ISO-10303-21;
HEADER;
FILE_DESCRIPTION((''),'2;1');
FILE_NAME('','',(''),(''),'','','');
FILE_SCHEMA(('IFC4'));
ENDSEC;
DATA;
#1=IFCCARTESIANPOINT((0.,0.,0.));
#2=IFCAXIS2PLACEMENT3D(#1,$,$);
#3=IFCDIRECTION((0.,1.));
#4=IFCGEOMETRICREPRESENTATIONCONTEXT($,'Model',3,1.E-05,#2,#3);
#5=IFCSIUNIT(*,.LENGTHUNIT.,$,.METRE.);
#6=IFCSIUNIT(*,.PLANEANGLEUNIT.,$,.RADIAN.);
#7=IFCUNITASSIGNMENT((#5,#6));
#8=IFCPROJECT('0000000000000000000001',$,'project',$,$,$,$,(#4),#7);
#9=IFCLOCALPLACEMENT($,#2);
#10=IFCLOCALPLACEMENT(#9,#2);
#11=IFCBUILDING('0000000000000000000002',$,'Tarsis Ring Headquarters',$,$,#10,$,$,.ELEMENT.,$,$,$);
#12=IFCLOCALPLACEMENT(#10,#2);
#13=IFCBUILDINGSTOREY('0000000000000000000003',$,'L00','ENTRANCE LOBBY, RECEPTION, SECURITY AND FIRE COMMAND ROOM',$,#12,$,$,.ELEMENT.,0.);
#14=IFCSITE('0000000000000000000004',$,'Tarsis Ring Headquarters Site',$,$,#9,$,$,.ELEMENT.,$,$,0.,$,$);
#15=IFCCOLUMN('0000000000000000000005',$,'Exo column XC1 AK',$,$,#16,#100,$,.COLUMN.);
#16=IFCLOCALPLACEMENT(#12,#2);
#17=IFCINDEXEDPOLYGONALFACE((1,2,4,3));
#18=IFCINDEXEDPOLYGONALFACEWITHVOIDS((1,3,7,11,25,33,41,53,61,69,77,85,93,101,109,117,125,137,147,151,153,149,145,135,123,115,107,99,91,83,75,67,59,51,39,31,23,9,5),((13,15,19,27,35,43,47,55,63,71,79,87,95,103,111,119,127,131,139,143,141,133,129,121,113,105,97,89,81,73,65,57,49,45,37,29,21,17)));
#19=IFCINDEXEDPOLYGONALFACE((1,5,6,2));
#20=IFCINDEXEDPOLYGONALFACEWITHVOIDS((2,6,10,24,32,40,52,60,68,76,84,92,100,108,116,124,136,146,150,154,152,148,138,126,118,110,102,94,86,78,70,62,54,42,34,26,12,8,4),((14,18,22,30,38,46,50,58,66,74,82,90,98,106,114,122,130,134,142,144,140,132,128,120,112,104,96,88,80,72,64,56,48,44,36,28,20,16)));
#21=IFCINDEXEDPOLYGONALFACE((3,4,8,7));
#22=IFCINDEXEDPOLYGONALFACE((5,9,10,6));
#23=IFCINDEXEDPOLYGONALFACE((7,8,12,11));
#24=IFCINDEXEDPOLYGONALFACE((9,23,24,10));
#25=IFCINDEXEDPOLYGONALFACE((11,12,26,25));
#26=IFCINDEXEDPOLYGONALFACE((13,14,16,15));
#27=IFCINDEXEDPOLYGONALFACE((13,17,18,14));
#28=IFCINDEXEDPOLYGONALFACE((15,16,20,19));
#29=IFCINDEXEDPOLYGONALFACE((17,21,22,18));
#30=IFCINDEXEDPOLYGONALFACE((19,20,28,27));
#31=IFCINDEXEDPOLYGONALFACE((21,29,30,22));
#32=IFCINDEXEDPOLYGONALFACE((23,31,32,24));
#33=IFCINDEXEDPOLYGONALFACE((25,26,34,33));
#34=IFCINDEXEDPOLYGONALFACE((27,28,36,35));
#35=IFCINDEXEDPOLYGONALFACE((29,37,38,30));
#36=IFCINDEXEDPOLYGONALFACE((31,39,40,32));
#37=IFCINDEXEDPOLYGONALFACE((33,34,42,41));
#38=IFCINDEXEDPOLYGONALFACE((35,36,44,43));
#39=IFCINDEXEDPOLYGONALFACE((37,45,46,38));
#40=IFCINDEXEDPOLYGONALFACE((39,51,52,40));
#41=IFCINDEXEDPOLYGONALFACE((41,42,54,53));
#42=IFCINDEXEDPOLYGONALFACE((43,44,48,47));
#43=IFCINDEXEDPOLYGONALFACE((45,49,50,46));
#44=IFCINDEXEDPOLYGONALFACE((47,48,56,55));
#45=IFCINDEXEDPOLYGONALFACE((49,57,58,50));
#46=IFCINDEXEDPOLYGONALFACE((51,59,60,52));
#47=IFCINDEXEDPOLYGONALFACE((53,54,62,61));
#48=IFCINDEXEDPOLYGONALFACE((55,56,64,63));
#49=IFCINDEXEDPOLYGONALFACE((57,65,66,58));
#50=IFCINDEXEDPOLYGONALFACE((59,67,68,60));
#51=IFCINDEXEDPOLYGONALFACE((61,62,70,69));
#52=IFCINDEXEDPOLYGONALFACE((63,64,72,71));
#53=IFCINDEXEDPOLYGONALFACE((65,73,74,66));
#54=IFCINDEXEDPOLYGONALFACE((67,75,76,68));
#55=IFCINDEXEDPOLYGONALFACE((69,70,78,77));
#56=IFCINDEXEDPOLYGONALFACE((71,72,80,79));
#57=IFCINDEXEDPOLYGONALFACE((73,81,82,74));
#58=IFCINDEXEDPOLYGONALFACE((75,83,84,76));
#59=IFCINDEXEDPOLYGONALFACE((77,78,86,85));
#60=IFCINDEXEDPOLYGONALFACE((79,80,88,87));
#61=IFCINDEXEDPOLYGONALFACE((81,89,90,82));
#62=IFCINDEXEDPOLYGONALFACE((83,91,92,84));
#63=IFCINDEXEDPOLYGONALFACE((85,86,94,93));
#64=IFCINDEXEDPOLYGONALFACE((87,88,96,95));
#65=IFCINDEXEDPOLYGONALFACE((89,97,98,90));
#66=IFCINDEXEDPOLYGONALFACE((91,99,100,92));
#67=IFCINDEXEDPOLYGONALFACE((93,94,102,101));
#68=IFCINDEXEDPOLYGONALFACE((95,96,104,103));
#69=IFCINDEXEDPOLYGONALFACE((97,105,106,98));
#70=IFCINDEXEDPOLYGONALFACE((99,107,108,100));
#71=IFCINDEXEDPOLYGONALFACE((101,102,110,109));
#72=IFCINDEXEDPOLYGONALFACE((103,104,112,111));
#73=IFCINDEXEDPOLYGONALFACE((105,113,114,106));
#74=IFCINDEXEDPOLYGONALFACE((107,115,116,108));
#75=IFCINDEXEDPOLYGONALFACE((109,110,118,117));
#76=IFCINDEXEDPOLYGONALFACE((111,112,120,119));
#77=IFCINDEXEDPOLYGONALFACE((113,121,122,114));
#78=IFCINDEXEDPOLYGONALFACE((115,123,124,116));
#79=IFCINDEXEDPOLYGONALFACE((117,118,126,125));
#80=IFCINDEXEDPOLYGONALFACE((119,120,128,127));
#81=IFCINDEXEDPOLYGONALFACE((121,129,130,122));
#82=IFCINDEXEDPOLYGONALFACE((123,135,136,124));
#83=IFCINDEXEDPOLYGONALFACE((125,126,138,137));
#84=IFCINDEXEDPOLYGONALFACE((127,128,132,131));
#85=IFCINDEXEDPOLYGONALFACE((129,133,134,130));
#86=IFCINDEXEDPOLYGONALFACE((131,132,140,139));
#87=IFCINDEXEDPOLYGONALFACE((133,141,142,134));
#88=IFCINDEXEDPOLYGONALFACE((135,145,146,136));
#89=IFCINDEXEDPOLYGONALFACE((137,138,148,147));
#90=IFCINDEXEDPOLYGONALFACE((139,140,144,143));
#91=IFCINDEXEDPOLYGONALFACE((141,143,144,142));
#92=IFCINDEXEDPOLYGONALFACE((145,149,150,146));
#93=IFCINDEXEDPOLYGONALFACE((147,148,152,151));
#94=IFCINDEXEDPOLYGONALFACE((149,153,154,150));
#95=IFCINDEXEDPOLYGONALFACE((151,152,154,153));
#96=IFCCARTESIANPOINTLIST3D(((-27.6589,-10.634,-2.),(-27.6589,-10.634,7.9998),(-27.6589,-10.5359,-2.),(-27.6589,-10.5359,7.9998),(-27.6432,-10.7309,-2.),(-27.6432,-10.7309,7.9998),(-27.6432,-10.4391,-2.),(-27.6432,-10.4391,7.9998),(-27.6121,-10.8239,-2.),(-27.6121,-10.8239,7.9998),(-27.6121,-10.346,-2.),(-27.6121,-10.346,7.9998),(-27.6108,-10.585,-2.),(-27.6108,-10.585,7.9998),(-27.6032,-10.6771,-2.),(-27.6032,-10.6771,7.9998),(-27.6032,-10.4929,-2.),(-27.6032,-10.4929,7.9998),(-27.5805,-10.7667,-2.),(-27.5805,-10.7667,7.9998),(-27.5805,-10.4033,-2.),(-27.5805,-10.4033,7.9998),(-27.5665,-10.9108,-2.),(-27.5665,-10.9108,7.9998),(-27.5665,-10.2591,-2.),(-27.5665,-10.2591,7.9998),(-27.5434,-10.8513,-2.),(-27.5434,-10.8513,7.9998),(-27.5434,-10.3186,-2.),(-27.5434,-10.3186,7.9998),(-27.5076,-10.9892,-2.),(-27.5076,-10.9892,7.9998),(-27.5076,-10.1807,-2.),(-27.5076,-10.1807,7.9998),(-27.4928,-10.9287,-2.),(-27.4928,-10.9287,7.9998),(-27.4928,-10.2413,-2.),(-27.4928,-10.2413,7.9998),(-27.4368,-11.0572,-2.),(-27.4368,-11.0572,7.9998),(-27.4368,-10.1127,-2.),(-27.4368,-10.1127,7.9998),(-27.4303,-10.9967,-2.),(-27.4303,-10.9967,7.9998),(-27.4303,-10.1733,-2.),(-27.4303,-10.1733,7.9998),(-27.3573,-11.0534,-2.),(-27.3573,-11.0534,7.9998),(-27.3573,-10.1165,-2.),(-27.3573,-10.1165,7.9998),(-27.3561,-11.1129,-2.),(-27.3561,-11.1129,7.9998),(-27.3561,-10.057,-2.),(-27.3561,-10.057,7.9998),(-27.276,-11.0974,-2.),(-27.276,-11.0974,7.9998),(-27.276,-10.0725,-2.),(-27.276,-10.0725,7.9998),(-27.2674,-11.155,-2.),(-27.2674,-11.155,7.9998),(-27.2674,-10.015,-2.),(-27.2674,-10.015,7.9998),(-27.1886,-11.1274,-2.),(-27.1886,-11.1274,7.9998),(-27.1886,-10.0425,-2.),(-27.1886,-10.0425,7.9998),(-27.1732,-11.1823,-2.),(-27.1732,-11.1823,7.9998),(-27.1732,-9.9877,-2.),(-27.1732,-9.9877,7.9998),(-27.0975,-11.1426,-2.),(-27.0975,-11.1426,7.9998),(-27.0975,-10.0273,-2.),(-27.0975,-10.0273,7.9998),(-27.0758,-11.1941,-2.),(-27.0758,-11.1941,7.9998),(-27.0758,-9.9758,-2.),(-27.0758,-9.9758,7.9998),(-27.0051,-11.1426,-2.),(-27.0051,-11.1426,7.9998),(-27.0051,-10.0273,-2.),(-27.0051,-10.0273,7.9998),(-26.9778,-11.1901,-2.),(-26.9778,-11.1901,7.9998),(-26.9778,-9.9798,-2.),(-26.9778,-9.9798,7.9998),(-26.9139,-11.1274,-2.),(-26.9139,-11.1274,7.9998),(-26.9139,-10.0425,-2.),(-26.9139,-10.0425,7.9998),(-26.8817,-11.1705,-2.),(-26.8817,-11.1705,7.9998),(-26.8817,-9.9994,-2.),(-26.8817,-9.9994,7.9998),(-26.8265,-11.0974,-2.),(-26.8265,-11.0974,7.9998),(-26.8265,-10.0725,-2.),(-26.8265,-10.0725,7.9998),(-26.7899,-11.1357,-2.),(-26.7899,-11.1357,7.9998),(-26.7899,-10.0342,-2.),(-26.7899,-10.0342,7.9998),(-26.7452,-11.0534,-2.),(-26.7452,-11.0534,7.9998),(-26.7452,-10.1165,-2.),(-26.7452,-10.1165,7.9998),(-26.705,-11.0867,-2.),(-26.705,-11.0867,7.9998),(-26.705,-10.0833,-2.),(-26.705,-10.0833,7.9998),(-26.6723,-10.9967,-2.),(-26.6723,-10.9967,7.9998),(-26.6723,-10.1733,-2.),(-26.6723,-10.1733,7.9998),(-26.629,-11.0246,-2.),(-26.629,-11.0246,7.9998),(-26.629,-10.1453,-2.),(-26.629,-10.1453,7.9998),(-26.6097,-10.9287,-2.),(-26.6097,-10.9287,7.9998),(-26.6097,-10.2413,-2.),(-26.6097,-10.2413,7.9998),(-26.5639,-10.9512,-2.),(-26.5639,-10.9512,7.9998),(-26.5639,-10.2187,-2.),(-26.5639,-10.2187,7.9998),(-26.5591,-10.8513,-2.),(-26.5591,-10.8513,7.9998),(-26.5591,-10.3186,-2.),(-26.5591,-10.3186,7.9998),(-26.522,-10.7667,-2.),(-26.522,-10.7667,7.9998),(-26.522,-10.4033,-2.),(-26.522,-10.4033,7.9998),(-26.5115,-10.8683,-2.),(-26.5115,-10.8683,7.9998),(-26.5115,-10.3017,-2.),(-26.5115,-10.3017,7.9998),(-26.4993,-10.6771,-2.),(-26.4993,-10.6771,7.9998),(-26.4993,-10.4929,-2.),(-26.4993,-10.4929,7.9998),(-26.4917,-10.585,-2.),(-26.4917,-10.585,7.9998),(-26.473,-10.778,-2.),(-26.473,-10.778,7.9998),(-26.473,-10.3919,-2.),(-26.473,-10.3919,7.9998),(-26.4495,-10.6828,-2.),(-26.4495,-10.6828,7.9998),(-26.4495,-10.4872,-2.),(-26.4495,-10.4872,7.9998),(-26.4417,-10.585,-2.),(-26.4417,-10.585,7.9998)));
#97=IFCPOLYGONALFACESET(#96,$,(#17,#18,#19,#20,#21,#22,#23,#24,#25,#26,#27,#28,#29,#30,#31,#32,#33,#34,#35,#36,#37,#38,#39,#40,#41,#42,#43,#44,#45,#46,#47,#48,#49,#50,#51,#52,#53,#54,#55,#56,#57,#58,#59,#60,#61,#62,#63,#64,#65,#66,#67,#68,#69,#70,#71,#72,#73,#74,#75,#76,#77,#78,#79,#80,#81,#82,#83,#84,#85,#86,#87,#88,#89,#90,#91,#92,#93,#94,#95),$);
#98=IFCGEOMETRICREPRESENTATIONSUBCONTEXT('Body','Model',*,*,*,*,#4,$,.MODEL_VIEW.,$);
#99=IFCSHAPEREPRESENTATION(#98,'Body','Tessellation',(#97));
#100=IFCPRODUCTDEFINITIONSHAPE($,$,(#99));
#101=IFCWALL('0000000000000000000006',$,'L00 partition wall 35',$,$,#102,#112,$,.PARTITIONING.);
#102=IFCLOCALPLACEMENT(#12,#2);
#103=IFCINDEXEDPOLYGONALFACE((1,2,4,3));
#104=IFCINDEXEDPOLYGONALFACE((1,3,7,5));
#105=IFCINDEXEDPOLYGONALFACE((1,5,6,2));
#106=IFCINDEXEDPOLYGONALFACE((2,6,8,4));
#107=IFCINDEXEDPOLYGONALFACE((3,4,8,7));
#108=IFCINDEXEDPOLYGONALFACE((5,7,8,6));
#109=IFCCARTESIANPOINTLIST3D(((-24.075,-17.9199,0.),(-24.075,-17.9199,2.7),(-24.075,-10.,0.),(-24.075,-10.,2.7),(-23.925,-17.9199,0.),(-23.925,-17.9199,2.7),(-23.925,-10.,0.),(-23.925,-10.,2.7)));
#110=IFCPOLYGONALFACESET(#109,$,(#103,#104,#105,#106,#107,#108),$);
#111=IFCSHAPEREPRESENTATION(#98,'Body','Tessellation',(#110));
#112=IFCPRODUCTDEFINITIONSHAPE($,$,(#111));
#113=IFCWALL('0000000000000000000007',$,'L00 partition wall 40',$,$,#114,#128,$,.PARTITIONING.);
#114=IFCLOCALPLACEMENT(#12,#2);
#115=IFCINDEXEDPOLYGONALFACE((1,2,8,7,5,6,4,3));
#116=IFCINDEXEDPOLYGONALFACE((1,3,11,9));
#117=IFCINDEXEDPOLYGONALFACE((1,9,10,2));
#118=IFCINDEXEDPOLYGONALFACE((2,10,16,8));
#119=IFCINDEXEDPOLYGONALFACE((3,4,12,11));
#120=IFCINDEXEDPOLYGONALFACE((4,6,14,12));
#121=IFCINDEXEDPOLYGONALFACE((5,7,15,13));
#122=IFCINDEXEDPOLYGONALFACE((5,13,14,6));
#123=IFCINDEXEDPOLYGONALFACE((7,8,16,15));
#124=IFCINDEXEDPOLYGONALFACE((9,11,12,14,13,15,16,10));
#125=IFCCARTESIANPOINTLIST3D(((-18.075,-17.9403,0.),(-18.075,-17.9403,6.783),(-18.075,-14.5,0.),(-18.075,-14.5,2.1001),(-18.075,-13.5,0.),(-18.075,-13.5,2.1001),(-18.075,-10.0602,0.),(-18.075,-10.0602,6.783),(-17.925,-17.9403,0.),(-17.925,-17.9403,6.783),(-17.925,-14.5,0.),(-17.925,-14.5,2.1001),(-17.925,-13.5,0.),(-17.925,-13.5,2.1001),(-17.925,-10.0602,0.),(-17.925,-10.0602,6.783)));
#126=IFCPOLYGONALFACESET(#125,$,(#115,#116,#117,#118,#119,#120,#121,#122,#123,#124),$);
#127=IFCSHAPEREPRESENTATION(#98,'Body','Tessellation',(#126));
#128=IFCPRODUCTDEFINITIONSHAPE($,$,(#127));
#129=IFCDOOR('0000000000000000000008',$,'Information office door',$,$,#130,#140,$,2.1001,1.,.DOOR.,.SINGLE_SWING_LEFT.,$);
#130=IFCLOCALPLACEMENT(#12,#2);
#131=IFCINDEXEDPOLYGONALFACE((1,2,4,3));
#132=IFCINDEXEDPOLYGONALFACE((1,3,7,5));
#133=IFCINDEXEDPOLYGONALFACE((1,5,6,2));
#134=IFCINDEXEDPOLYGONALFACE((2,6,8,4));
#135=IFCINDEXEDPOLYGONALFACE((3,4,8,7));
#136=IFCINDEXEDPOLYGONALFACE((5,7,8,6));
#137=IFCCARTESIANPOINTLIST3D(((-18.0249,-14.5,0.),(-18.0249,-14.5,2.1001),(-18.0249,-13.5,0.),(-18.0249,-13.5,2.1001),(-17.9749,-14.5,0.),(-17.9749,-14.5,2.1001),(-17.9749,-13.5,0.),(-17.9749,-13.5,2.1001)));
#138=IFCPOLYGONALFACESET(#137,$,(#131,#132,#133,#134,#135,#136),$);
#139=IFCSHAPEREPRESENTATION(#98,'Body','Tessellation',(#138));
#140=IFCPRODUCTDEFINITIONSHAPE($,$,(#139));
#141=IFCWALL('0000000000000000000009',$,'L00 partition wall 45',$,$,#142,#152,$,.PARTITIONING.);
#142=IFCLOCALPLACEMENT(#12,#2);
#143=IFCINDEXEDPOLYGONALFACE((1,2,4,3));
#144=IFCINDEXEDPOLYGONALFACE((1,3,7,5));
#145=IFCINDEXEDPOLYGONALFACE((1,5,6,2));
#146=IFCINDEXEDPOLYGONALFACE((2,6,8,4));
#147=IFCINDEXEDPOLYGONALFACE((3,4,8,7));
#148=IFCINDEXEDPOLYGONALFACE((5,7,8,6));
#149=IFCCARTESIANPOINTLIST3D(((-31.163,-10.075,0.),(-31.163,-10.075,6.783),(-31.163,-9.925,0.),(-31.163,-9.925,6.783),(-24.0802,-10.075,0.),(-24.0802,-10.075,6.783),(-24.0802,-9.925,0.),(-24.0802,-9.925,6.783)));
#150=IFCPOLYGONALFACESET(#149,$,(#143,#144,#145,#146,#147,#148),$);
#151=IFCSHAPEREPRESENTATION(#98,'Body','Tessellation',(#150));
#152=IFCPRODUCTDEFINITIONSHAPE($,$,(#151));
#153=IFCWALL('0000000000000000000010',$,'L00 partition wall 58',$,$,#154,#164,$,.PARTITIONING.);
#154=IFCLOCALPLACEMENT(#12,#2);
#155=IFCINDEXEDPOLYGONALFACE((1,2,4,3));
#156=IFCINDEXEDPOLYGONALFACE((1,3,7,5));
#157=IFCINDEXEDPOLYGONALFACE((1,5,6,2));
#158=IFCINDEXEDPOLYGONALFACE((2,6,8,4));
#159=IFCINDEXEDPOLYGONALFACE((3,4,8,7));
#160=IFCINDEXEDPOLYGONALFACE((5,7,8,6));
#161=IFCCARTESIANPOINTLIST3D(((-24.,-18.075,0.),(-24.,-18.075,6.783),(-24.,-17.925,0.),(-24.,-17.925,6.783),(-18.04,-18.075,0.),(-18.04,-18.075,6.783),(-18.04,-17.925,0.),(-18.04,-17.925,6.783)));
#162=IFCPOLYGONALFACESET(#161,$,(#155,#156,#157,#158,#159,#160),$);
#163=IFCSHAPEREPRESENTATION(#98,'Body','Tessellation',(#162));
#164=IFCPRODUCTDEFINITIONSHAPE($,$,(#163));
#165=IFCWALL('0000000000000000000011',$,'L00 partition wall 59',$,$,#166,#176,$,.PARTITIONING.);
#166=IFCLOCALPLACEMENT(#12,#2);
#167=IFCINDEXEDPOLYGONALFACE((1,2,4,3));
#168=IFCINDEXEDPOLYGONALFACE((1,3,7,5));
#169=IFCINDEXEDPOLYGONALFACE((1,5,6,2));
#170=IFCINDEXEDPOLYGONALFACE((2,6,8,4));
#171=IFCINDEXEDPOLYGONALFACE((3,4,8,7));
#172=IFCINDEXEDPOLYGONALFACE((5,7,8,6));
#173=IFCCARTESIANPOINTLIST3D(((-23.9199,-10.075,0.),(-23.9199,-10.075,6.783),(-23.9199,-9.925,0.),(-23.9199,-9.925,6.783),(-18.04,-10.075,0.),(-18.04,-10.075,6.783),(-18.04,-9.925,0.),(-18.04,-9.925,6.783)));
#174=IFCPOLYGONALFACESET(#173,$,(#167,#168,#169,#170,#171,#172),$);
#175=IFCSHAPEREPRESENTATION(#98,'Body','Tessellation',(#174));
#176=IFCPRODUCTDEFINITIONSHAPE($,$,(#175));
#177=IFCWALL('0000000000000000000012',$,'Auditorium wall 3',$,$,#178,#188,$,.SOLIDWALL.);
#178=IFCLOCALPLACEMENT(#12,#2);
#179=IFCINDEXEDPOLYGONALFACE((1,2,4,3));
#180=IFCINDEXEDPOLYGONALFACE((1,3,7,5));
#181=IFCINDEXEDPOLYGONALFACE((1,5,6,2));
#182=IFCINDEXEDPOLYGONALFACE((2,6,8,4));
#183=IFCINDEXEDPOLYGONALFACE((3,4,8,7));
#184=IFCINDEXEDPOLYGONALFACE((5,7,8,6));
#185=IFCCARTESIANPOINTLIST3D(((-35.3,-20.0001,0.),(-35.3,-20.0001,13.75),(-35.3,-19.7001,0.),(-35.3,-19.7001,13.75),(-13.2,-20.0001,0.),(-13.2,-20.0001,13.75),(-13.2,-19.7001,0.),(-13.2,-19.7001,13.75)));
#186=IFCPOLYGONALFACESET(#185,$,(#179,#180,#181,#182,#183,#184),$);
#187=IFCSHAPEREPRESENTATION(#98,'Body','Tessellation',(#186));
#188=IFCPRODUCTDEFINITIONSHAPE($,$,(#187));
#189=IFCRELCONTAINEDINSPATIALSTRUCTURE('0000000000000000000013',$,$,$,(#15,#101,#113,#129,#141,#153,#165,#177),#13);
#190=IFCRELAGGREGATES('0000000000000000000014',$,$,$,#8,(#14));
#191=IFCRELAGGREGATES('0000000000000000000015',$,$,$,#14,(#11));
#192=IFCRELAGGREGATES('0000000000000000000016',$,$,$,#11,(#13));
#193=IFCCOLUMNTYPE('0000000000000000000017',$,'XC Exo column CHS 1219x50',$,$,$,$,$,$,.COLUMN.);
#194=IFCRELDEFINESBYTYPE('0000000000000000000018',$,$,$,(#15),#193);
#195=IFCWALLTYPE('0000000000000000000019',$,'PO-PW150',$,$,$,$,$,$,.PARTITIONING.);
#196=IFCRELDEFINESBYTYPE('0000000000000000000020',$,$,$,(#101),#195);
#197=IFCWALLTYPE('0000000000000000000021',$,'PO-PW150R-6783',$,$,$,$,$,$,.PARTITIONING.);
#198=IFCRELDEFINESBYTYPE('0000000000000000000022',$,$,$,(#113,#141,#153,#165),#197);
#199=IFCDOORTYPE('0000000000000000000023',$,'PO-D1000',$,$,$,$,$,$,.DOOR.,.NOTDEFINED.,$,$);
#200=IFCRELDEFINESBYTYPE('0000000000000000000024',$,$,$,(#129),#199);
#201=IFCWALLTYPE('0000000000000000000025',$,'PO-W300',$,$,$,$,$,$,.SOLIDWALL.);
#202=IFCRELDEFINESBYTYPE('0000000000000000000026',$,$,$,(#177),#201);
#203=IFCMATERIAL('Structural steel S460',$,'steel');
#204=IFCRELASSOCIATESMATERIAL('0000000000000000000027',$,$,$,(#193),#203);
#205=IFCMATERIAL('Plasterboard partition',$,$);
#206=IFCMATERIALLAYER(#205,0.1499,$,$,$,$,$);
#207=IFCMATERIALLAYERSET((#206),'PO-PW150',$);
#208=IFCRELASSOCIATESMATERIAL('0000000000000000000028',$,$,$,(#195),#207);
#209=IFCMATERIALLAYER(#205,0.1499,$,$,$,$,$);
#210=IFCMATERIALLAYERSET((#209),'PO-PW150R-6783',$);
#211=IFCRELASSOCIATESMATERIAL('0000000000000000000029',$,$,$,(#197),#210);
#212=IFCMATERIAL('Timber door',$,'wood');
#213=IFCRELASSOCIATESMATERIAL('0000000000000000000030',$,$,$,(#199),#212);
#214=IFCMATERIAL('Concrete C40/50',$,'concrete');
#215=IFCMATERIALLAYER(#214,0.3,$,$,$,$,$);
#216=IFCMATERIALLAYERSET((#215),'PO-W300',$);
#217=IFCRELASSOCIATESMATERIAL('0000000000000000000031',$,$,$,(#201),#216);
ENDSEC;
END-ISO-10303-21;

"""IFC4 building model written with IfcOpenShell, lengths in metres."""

from ifc_helpers import new_model, si_unit, direction, frame, frame_2d, origin, origin_2d, place, context, subcontext, project, spatial, rectangle, hollow_circle, extrude, material, layer, layer_set, material_profile, profile_set, type_object, element, fill, save


model = new_model("IFC4")

# Units and contexts
model_context = context("Model", 3, precision=1e-05, world=origin(), true_north=direction((0.0, 1.0)))
body_context = subcontext(model_context, "Body", "Model", "MODEL_VIEW")
ifc_project = project(units=[si_unit("LENGTHUNIT", "METRE"), si_unit("PLANEANGLEUNIT", "RADIAN")], contexts=[model_context])

# Site, building, storey
site_placement = place(None, origin())
site = spatial("IfcSite", under=ifc_project, at=site_placement, Name="Tarsis Ring Headquarters Site", CompositionType="ELEMENT", RefElevation=0.0)
building_placement = place(site_placement, origin())
building = spatial("IfcBuilding", under=site, at=building_placement, Name="Tarsis Ring Headquarters", CompositionType="ELEMENT")
storey_placement = place(building_placement, origin())
storey = spatial("IfcBuildingStorey", under=building, at=storey_placement, Name="L00", Description="ENTRANCE LOBBY, RECEPTION, SECURITY AND FIRE COMMAND ROOM", CompositionType="ELEMENT", Elevation=0.0)

# Shared definitions
ifc_material_1 = material(Name="Concrete C40/50", Category="concrete")

# Column
ifc_material_2 = material(Name="Structural steel S460", Category="steel")
ifc_material_profile_1 = material_profile(ifc_material_2, hollow_circle(Radius=0.6096, WallThickness=0.05, at=origin_2d()), Name="CHS 1219x50")
ifc_profile_set_1 = profile_set([ifc_material_profile_1], Name="Structural steel S460")
column_type_1 = type_object("IfcColumnType", Name="XC Exo column CHS 1219x50", PredefinedType="COLUMN", material=ifc_profile_set_1)
column_placement = place(storey_placement, frame((-27.0513, -10.585, -2.0), z_axis=(0.0, 0.0, 1.0), x_axis=(1.0, 0.0, 0.0)))
element("IfcColumn", 1, at=column_placement, inside=storey, type_object=column_type_1, Name="Exo column XC1 AK", PredefinedType="COLUMN", context=body_context, shape_type="SweptSolid", body=[
    extrude(hollow_circle(Radius=0.6096, WallThickness=0.05, at=origin_2d()), origin(), (0.0, 0.0, 1.0), 9.9998),
])

# Wall
ifc_material_3 = material(Name="Plasterboard partition")
ifc_layer_1 = layer(ifc_material_3, 0.1499)
ifc_layer_set_1 = layer_set([ifc_layer_1], Name="PO-PW150")
wall_type_1 = type_object("IfcWallType", Name="PO-PW150", PredefinedType="PARTITIONING", material=ifc_layer_set_1)
wall_1_placement = place(storey_placement, frame((-24.0, -17.9199, 0.0), z_axis=(0.0, 0.0, 1.0), x_axis=(0.0, 1.0, 0.0)))
element("IfcWall", 2, at=wall_1_placement, inside=storey, type_object=wall_type_1, Name="L00 partition wall 35", PredefinedType="PARTITIONING", context=body_context, shape_type="SweptSolid", body=[
    extrude(rectangle(XDim=7.9199, YDim=0.1499, at=frame_2d((3.96, 0.0))), origin(), (0.0, 0.0, 1.0), 2.7),
])

# Wall, opening, door
ifc_layer_2 = layer(ifc_material_3, 0.1499)
ifc_layer_set_2 = layer_set([ifc_layer_2], Name="PO-PW150R-6783")
wall_type_2 = type_object("IfcWallType", Name="PO-PW150R-6783", PredefinedType="PARTITIONING", material=ifc_layer_set_2)
wall_2_placement = place(storey_placement, frame((-18.0, -17.9402, 0.0), z_axis=(0.0, 0.0, 1.0), x_axis=(0.0, 1.0, 0.0)))
wall_2 = element("IfcWall", 3, at=wall_2_placement, inside=storey, type_object=wall_type_2, Name="L00 partition wall 40", PredefinedType="PARTITIONING", context=body_context, shape_type="SweptSolid", body=[
    extrude(rectangle(XDim=7.8801, YDim=0.1499, at=frame_2d((3.9399, 0.0))), origin(), (0.0, 0.0, 1.0), 6.783),
])
opening_placement = place(wall_2_placement, frame((3.4402, 0.0, 0.0)))
opening = element("IfcOpeningElement", 4, at=opening_placement, cuts=wall_2, PredefinedType="OPENING", context=body_context, shape_type="SweptSolid", body=[
    extrude(rectangle(XDim=1.0, YDim=2.1001, at=frame_2d((0.5, 1.05))), frame((0.0, 0.085, 0.0), z_axis=(0.0, -1.0, 0.0), x_axis=(1.0, 0.0, 0.0)), (0.0, 0.0, 1.0), 0.1699),
])
ifc_material_4 = material(Name="Timber door", Category="wood")
door_type = type_object("IfcDoorType", Name="PO-D1000", OperationType="NOTDEFINED", PredefinedType="DOOR", material=ifc_material_4)
door_placement = place(opening_placement, origin())
door = element("IfcDoor", 5, at=door_placement, inside=storey, type_object=door_type, Name="Information office door", OperationType="SINGLE_SWING_LEFT", OverallHeight=2.1001, OverallWidth=1.0, PredefinedType="DOOR", context=body_context, shape_type="SweptSolid", body=[
    extrude(rectangle(XDim=1.0, YDim=2.1001, at=frame_2d((0.5, 1.05))), frame((0.0, 0.0249, 0.0), z_axis=(0.0, -1.0, 0.0), x_axis=(1.0, 0.0, 0.0)), (0.0, 0.0, 1.0), 0.05),
])
fill(opening, door)

# Walls
wall_3_placement = place(storey_placement, frame((-24.0801, -10.0, 0.0), z_axis=(0.0, 0.0, 1.0), x_axis=(-1.0, 0.0, 0.0)))
element("IfcWall", 6, at=wall_3_placement, inside=storey, type_object=wall_type_2, Name="L00 partition wall 45", PredefinedType="PARTITIONING", context=body_context, shape_type="SweptSolid", body=[
    extrude(rectangle(XDim=7.0828, YDim=0.1499, at=frame_2d((3.5415, 0.0))), origin(), (0.0, 0.0, 1.0), 6.783),
])
wall_4_placement = place(storey_placement, frame((-24.0, -18.0, 0.0), z_axis=(0.0, 0.0, 1.0), x_axis=(1.0, 0.0, 0.0)))
element("IfcWall", 7, at=wall_4_placement, inside=storey, type_object=wall_type_2, Name="L00 partition wall 58", PredefinedType="PARTITIONING", context=body_context, shape_type="SweptSolid", body=[
    extrude(rectangle(XDim=5.96, YDim=0.1499, at=frame_2d((2.98, 0.0))), origin(), (0.0, 0.0, 1.0), 6.783),
])
wall_5_placement = place(storey_placement, frame((-18.04, -10.0, 0.0), z_axis=(0.0, 0.0, 1.0), x_axis=(-1.0, 0.0, 0.0)))
element("IfcWall", 8, at=wall_5_placement, inside=storey, type_object=wall_type_2, Name="L00 partition wall 59", PredefinedType="PARTITIONING", context=body_context, shape_type="SweptSolid", body=[
    extrude(rectangle(XDim=5.8799, YDim=0.1499, at=frame_2d((2.9399, 0.0))), origin(), (0.0, 0.0, 1.0), 6.783),
])
ifc_layer_3 = layer(ifc_material_1, 0.3)
ifc_layer_set_3 = layer_set([ifc_layer_3], Name="PO-W300")
wall_type_3 = type_object("IfcWallType", Name="PO-W300", PredefinedType="SOLIDWALL", material=ifc_layer_set_3)
wall_6_placement = place(storey_placement, frame((-13.2, -19.8501, 0.0), z_axis=(0.0, 0.0, 1.0), x_axis=(-1.0, 0.0, 0.0)))
element("IfcWall", 9, at=wall_6_placement, inside=storey, type_object=wall_type_3, Name="Auditorium wall 3", PredefinedType="SOLIDWALL", context=body_context, shape_type="SweptSolid", body=[
    extrude(rectangle(XDim=22.1001, YDim=0.3, at=frame_2d((11.05, 0.0))), origin(), (0.0, 0.0, 1.0), 13.75),
])

save(model, "model.ifc")
